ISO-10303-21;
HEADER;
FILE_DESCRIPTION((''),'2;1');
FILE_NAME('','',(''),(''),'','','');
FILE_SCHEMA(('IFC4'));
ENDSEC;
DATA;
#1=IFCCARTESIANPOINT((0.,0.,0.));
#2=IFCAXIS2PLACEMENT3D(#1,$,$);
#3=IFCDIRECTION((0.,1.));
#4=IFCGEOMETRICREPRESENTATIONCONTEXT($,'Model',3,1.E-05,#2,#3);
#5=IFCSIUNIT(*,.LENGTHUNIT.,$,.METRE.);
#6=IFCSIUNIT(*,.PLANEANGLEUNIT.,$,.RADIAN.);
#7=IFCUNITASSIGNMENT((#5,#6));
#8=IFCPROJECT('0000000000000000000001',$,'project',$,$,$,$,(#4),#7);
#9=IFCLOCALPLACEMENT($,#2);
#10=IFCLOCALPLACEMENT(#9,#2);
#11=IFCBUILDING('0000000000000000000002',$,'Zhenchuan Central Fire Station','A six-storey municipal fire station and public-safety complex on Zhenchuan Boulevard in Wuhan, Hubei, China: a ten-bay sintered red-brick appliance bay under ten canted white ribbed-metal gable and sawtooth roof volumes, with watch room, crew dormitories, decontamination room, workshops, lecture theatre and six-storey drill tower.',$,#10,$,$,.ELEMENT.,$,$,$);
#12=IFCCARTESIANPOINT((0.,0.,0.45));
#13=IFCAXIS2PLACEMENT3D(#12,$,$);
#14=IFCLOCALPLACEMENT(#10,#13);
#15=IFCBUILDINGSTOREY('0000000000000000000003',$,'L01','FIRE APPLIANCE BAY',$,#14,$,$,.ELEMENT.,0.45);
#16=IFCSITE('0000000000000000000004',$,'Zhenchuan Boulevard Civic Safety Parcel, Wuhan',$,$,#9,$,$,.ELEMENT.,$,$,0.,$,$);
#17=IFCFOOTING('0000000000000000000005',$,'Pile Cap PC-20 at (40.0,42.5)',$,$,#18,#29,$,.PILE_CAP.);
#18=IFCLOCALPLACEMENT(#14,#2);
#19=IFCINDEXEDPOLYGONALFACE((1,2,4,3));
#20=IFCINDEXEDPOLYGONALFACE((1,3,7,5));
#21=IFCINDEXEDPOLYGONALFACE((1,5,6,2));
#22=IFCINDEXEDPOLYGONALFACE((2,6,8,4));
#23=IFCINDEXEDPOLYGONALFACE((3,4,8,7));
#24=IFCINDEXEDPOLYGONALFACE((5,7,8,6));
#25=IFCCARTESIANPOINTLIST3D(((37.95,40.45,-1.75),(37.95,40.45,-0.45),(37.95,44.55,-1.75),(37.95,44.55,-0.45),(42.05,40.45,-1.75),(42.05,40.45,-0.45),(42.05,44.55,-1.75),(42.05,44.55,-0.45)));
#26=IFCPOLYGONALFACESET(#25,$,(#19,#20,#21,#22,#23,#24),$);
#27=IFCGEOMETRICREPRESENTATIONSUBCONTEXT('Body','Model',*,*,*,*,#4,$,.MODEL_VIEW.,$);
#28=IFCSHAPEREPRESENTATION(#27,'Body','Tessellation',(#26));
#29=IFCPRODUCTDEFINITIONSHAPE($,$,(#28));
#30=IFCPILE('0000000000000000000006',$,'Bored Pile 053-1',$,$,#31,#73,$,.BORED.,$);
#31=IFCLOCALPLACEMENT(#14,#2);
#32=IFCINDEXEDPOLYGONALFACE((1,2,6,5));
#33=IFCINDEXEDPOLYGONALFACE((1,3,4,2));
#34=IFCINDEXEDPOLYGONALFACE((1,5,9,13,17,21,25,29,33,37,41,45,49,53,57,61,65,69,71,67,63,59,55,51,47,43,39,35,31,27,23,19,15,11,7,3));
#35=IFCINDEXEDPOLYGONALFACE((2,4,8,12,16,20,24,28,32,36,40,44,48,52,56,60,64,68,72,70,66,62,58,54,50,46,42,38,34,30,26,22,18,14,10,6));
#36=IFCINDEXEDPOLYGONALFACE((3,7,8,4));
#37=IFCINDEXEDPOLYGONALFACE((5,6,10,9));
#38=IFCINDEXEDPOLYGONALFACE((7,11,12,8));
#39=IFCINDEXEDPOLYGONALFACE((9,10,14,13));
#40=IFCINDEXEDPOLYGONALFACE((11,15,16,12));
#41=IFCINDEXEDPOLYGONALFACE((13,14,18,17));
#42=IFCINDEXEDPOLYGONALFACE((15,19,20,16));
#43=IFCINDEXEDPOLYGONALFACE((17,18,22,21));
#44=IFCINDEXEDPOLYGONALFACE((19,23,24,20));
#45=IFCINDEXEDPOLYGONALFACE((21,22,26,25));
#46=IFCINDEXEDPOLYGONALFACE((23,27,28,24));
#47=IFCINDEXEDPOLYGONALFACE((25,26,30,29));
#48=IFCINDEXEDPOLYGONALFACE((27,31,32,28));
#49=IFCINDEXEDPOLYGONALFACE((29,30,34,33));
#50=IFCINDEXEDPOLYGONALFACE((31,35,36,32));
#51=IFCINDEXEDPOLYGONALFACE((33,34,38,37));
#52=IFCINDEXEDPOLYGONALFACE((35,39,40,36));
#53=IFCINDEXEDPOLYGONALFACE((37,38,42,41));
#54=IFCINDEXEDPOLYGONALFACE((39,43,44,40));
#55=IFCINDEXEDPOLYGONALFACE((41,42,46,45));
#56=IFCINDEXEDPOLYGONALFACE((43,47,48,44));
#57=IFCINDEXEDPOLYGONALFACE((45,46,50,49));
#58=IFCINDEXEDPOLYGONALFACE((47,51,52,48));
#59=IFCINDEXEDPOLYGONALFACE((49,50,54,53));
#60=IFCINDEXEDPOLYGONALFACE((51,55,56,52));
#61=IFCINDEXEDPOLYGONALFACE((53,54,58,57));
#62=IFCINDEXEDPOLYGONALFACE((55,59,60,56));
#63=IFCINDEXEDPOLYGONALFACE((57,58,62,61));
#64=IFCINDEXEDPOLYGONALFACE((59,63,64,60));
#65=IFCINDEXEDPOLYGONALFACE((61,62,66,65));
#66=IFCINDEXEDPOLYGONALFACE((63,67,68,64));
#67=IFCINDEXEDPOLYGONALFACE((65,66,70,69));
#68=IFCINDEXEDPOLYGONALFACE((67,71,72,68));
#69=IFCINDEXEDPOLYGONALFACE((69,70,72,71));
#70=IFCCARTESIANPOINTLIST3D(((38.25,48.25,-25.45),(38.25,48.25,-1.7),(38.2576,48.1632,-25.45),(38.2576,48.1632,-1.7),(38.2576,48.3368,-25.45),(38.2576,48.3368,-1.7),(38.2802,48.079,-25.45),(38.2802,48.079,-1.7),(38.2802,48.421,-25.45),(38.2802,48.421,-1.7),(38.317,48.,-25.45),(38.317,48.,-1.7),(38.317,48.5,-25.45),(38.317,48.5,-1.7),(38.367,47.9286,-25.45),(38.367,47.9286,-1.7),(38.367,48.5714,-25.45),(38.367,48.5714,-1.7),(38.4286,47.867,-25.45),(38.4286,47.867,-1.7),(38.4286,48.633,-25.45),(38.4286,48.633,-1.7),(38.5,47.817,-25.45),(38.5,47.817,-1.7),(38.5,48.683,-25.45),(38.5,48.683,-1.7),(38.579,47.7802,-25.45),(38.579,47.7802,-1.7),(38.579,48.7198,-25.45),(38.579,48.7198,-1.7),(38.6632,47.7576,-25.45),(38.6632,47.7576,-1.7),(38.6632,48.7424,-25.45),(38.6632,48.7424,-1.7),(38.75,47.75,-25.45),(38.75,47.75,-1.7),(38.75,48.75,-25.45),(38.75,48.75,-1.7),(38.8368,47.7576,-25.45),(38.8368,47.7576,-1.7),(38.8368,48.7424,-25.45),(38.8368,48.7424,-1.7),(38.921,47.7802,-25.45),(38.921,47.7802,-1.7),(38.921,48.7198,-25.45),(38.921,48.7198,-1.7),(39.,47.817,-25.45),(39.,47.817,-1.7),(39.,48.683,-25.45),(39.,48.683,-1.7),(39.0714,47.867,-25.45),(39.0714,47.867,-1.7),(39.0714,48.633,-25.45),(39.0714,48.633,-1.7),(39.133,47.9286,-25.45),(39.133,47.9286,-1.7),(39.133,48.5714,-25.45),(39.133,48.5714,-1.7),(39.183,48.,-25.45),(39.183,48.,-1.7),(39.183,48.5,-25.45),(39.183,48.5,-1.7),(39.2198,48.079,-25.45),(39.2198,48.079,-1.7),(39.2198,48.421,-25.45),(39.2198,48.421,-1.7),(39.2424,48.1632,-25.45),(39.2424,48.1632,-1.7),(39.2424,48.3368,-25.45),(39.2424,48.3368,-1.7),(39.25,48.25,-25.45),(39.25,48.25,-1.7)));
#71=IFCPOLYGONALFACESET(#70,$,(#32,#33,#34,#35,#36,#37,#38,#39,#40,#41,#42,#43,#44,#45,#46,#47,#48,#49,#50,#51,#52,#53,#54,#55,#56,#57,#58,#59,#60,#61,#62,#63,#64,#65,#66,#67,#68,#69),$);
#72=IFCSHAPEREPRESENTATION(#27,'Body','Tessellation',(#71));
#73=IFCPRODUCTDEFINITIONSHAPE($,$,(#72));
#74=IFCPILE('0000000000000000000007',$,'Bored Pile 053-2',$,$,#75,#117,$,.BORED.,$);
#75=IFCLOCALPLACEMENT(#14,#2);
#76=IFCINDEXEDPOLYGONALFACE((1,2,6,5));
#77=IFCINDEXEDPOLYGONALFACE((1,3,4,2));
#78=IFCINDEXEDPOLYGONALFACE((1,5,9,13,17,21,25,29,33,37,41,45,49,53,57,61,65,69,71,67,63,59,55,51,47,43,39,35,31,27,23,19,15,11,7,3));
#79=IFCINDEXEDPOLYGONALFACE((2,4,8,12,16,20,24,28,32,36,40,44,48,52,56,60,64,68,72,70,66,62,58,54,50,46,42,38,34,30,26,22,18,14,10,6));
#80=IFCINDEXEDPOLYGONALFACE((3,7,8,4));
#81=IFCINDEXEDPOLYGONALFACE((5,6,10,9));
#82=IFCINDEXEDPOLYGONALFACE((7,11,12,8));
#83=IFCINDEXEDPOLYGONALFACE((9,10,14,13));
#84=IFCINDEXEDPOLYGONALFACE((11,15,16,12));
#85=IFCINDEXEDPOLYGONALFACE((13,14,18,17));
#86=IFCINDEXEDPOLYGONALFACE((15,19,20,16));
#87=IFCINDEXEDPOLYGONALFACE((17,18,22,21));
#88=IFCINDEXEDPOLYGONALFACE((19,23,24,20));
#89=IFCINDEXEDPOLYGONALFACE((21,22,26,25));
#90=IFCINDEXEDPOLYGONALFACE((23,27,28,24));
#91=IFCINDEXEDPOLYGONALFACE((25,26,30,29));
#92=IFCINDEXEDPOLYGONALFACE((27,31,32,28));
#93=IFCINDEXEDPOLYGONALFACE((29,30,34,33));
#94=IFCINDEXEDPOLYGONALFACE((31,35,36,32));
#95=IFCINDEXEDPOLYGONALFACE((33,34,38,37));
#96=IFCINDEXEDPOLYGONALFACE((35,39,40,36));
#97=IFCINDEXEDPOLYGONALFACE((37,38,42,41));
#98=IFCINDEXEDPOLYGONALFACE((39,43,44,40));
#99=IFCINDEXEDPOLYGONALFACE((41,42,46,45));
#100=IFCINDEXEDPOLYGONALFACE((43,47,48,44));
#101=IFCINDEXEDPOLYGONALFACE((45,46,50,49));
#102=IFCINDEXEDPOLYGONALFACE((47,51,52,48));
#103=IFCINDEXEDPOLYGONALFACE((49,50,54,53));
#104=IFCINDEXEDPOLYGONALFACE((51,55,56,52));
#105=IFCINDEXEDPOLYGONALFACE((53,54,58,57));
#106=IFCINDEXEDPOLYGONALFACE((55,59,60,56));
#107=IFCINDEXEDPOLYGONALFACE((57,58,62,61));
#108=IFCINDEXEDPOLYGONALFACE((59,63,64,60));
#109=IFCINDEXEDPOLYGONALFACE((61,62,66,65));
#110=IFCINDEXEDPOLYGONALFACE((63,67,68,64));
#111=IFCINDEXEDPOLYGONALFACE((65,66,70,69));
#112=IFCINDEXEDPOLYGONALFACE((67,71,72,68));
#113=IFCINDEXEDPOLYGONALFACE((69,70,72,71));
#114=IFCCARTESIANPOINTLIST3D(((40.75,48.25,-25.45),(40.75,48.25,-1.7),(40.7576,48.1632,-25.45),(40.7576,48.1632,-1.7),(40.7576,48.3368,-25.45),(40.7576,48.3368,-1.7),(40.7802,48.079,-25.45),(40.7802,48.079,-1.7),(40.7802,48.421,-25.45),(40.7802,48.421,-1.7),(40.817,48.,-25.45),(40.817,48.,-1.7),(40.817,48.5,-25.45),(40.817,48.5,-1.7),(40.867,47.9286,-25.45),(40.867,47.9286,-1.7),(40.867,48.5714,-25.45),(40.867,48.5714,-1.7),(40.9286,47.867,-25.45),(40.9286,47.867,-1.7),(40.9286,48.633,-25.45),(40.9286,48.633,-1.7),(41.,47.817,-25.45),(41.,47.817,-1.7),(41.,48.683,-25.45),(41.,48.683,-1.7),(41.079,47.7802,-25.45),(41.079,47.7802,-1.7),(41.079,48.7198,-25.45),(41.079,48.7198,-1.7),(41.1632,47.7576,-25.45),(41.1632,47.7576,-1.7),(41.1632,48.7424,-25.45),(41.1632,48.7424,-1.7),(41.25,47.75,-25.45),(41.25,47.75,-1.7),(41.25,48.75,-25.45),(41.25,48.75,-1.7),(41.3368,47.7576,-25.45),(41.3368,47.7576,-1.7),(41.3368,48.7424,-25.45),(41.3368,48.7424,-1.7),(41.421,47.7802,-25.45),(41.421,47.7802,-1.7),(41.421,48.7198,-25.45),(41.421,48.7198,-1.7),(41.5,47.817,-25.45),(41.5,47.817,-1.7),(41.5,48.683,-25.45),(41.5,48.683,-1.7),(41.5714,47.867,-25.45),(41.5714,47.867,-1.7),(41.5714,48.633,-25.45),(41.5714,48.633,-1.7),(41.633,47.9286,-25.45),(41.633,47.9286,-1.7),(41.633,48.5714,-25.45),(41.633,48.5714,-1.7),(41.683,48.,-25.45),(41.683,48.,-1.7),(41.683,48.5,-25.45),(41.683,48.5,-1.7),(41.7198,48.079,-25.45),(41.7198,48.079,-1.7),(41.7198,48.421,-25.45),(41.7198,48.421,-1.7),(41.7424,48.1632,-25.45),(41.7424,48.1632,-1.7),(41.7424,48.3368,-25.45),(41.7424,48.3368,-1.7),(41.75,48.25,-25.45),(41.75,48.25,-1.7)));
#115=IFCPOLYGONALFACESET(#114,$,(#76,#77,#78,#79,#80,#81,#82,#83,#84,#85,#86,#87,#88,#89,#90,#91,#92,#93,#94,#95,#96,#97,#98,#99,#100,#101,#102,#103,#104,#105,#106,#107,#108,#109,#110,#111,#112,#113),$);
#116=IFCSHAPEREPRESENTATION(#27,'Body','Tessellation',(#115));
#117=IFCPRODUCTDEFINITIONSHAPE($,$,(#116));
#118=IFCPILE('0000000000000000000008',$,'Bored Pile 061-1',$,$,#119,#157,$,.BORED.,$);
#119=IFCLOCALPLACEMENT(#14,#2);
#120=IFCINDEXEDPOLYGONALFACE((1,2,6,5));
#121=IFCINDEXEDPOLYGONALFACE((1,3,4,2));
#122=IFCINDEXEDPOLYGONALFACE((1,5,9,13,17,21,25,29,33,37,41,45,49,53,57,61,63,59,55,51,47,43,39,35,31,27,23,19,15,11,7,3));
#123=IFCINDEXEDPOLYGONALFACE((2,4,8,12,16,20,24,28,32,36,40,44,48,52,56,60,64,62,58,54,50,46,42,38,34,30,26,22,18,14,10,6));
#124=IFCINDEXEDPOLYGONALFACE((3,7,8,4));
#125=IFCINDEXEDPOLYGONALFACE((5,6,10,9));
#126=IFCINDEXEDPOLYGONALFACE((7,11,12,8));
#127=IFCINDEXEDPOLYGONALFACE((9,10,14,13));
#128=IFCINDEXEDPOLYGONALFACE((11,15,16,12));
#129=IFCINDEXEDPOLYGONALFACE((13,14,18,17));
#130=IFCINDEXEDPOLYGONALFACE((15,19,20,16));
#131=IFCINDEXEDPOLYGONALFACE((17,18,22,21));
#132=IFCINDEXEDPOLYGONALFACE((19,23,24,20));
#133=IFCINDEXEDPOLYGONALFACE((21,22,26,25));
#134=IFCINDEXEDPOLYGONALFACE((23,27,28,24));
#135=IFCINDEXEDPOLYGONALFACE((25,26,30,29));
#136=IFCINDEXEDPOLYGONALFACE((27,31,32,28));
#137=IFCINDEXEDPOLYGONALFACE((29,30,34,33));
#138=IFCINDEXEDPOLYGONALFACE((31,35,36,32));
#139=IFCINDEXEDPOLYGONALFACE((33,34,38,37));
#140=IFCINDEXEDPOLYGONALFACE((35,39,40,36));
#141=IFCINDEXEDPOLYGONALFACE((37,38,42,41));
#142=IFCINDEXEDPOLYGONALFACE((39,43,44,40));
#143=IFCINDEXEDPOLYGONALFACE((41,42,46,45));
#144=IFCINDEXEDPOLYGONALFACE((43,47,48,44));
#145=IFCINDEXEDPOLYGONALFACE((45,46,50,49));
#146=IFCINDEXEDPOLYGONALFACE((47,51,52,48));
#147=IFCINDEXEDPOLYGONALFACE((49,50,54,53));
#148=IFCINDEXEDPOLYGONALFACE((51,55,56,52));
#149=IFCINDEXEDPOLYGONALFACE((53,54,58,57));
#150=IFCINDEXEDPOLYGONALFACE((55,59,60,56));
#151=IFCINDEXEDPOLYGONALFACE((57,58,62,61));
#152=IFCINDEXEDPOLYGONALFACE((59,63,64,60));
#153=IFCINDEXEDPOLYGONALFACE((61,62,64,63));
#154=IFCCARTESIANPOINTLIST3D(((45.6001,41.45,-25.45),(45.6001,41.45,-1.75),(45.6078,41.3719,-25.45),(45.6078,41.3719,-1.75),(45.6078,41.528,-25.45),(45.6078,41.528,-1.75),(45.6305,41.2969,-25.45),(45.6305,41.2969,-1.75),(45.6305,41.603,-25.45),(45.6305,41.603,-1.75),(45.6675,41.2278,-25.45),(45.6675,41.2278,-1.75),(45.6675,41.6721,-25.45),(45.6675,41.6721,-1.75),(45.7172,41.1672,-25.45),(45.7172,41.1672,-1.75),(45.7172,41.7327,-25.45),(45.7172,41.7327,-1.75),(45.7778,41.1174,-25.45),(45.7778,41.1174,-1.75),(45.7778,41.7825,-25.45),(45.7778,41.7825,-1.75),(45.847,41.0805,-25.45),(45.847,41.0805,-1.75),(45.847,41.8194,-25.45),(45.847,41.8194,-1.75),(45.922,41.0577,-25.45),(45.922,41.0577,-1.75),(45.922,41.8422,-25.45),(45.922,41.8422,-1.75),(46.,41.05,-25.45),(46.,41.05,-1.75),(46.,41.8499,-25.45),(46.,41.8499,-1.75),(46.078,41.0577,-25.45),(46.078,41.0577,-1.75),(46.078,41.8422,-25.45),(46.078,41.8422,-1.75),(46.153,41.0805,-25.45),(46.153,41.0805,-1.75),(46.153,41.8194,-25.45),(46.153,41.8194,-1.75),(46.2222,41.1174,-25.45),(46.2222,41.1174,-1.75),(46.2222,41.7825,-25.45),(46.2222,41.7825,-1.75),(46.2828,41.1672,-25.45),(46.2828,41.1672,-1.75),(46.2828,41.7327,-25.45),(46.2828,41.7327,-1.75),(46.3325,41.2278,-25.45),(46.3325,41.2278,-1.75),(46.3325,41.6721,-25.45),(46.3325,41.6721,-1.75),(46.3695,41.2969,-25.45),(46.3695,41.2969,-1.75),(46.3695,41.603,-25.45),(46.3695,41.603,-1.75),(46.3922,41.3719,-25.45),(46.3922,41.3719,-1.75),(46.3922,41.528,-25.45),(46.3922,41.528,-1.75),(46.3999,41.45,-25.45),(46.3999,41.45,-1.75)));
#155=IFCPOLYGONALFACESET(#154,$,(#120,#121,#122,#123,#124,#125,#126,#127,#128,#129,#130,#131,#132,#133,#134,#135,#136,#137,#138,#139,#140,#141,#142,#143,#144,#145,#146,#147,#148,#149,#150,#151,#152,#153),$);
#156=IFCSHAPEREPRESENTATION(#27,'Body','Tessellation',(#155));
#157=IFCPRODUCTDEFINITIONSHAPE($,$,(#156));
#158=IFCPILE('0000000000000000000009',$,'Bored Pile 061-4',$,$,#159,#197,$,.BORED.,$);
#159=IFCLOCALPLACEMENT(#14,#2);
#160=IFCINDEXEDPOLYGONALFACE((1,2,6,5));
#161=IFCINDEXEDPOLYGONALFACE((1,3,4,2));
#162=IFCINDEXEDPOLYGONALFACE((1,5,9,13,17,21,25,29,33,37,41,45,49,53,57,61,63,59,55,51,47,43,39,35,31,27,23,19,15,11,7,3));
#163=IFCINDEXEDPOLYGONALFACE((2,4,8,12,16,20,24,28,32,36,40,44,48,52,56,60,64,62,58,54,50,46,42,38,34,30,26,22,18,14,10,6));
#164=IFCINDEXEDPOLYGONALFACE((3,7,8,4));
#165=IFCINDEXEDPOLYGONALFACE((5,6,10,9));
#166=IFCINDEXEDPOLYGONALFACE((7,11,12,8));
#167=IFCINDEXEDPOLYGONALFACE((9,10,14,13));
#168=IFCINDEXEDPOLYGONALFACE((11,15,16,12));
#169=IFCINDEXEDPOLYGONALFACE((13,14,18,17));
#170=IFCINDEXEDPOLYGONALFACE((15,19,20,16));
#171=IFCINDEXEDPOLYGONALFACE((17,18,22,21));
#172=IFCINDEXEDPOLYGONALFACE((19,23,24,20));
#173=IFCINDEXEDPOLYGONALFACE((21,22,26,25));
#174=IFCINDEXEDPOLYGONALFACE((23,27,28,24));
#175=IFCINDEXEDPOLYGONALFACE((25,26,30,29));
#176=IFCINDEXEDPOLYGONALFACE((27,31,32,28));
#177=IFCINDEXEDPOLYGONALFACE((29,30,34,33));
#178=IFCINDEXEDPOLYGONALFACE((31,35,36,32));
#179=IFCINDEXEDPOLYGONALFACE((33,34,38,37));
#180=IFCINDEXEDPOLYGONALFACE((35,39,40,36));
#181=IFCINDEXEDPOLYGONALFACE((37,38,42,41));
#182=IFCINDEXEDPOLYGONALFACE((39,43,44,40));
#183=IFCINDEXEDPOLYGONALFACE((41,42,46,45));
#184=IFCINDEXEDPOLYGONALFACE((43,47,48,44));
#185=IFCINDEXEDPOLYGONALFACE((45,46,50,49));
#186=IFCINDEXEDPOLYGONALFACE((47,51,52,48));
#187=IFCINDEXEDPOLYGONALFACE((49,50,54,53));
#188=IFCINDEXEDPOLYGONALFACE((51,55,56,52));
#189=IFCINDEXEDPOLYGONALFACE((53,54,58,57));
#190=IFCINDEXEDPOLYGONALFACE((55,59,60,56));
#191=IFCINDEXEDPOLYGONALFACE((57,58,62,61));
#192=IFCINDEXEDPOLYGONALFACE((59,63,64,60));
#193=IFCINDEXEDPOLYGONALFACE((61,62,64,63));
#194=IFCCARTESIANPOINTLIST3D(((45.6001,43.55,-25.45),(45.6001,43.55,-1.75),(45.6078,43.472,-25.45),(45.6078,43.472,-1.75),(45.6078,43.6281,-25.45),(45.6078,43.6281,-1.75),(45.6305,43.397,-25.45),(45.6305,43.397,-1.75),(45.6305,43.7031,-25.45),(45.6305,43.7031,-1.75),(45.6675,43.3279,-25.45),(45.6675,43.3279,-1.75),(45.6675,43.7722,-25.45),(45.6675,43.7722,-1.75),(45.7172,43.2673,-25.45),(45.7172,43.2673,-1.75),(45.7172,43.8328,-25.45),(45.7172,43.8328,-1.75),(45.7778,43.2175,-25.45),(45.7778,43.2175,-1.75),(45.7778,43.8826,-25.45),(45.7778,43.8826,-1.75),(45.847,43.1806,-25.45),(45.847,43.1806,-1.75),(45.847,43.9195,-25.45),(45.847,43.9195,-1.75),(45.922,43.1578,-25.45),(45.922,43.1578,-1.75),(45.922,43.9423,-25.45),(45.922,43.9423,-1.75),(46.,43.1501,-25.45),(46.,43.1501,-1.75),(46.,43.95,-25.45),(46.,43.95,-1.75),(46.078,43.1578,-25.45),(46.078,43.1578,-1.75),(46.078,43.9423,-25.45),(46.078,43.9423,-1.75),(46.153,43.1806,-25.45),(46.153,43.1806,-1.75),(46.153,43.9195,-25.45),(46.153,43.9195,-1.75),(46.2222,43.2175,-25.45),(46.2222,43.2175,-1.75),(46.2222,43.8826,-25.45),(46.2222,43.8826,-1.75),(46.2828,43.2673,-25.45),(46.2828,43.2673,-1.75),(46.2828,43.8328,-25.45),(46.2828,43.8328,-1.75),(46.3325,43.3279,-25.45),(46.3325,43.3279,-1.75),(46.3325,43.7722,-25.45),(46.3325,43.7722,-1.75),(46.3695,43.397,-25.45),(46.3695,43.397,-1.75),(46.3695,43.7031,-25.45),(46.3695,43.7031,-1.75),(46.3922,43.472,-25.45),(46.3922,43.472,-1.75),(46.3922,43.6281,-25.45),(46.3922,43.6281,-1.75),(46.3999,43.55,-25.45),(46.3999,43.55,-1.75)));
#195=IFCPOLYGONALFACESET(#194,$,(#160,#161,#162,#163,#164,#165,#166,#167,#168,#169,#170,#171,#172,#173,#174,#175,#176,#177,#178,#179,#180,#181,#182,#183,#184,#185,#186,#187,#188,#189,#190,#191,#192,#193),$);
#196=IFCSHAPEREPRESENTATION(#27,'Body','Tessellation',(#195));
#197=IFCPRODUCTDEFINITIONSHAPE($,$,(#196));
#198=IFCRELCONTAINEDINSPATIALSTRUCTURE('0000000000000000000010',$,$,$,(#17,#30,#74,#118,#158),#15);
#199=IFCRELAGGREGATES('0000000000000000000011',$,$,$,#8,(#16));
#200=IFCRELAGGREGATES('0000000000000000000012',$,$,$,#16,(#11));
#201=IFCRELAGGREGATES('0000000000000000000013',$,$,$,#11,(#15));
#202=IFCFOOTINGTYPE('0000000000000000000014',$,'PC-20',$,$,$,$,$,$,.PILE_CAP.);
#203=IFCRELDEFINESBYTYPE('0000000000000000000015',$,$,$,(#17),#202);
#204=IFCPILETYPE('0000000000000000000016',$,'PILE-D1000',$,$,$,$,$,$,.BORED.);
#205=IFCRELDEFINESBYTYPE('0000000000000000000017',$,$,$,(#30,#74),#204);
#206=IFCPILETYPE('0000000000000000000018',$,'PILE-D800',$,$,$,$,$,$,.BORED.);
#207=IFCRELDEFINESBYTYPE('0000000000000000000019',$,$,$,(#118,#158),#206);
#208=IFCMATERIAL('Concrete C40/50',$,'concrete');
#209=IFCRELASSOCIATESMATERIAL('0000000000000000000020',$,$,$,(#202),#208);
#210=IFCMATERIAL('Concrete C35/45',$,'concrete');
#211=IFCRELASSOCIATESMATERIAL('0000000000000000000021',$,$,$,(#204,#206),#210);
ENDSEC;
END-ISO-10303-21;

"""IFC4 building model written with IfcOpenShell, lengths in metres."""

from ifc_helpers import new_model, si_unit, direction, frame, origin, origin_2d, place, context, subcontext, project, spatial, rectangle, circle, extrude, material, material_profile, profile_set, type_object, element, save


model = new_model("IFC4")

# Units and contexts
model_context = context("Model", 3, precision=1e-05, world=origin(), true_north=direction((0.0, 1.0)))
body_context = subcontext(model_context, "Body", "Model", "MODEL_VIEW")
ifc_project = project(units=[si_unit("LENGTHUNIT", "METRE"), si_unit("PLANEANGLEUNIT", "RADIAN")], contexts=[model_context])

# Site, building, storey
site_placement = place(None, origin())
site = spatial("IfcSite", under=ifc_project, at=site_placement, Name="Zhenchuan Boulevard Civic Safety Parcel, Wuhan", CompositionType="ELEMENT", RefElevation=0.0)
building_placement = place(site_placement, origin())
building = spatial("IfcBuilding", under=site, at=building_placement, Name="Zhenchuan Central Fire Station", Description="A six-storey municipal fire station and public-safety complex on Zhenchuan Boulevard in Wuhan, Hubei, China: a ten-bay sintered red-brick appliance bay under ten canted white ribbed-metal gable and sawtooth roof volumes, with watch room, crew dormitories, decontamination room, workshops, lecture theatre and six-storey drill tower.", CompositionType="ELEMENT")
storey_placement = place(building_placement, frame((0.0, 0.0, 0.45)))
storey = spatial("IfcBuildingStorey", under=building, at=storey_placement, Name="L01", Description="FIRE APPLIANCE BAY", CompositionType="ELEMENT", Elevation=0.45)

# Footing
ifc_material_1 = material(Name="Concrete C40/50", Category="concrete")
footing_type = type_object("IfcFootingType", Name="PC-20", PredefinedType="PILE_CAP", material=ifc_material_1)
footing_placement = place(storey_placement, frame((40.0, 42.5, -1.75), z_axis=(0.0, 0.0, 1.0), x_axis=(1.0, 0.0, 0.0)))
element("IfcFooting", 1, at=footing_placement, inside=storey, type_object=footing_type, Name="Pile Cap PC-20 at (40.0,42.5)", PredefinedType="PILE_CAP", context=body_context, shape_type="SweptSolid", body=[
    extrude(rectangle(XDim=4.1001, YDim=4.1001, at=origin_2d()), origin(), (0.0, 0.0, 1.0), 1.3),
])

# Piles
ifc_material_2 = material(Name="Concrete C35/45", Category="concrete")
ifc_material_profile_1 = material_profile(ifc_material_2, circle(Radius=0.5, at=origin_2d()), Name="PILE D1000")
ifc_profile_set_1 = profile_set([ifc_material_profile_1], Name="Concrete C35/45")
pile_type_1 = type_object("IfcPileType", Name="PILE-D1000", PredefinedType="BORED", material=ifc_profile_set_1)
for number, where, z_axis, x_axis, name in (
    (2, (38.75, 48.25, -1.7), (0.0, 0.0, -1.0), (1.0, 0.0, 0.0), "Bored Pile 053-1"),
    (3, (41.25, 48.25, -1.7), (0.0, 0.0, -1.0), (1.0, 0.0, 0.0), "Bored Pile 053-2"),
):
    element("IfcPile", number, at=place(storey_placement, frame(where, z_axis=z_axis, x_axis=x_axis)), inside=storey, type_object=pile_type_1, Name=name, PredefinedType="BORED", context=body_context, shape_type="SweptSolid", body=[
        extrude(circle(Radius=0.5, at=origin_2d()), origin(), (0.0, 0.0, 1.0), 23.75),
    ])
ifc_material_profile_2 = material_profile(ifc_material_2, circle(Radius=0.3999, at=origin_2d()), Name="PILE D800")
ifc_profile_set_2 = profile_set([ifc_material_profile_2], Name="Concrete C35/45")
pile_type_2 = type_object("IfcPileType", Name="PILE-D800", PredefinedType="BORED", material=ifc_profile_set_2)
for number, where, z_axis, x_axis, name in (
    (4, (46.0, 41.45, -1.75), (0.0, 0.0, -1.0), (1.0, 0.0, 0.0), "Bored Pile 061-1"),
    (5, (46.0, 43.55, -1.75), (0.0, 0.0, -1.0), (1.0, 0.0, 0.0), "Bored Pile 061-4"),
):
    element("IfcPile", number, at=place(storey_placement, frame(where, z_axis=z_axis, x_axis=x_axis)), inside=storey, type_object=pile_type_2, Name=name, PredefinedType="BORED", context=body_context, shape_type="SweptSolid", body=[
        extrude(circle(Radius=0.3999, at=origin_2d()), origin(), (0.0, 0.0, 1.0), 23.7),
    ])

save(model, "model.ifc")
